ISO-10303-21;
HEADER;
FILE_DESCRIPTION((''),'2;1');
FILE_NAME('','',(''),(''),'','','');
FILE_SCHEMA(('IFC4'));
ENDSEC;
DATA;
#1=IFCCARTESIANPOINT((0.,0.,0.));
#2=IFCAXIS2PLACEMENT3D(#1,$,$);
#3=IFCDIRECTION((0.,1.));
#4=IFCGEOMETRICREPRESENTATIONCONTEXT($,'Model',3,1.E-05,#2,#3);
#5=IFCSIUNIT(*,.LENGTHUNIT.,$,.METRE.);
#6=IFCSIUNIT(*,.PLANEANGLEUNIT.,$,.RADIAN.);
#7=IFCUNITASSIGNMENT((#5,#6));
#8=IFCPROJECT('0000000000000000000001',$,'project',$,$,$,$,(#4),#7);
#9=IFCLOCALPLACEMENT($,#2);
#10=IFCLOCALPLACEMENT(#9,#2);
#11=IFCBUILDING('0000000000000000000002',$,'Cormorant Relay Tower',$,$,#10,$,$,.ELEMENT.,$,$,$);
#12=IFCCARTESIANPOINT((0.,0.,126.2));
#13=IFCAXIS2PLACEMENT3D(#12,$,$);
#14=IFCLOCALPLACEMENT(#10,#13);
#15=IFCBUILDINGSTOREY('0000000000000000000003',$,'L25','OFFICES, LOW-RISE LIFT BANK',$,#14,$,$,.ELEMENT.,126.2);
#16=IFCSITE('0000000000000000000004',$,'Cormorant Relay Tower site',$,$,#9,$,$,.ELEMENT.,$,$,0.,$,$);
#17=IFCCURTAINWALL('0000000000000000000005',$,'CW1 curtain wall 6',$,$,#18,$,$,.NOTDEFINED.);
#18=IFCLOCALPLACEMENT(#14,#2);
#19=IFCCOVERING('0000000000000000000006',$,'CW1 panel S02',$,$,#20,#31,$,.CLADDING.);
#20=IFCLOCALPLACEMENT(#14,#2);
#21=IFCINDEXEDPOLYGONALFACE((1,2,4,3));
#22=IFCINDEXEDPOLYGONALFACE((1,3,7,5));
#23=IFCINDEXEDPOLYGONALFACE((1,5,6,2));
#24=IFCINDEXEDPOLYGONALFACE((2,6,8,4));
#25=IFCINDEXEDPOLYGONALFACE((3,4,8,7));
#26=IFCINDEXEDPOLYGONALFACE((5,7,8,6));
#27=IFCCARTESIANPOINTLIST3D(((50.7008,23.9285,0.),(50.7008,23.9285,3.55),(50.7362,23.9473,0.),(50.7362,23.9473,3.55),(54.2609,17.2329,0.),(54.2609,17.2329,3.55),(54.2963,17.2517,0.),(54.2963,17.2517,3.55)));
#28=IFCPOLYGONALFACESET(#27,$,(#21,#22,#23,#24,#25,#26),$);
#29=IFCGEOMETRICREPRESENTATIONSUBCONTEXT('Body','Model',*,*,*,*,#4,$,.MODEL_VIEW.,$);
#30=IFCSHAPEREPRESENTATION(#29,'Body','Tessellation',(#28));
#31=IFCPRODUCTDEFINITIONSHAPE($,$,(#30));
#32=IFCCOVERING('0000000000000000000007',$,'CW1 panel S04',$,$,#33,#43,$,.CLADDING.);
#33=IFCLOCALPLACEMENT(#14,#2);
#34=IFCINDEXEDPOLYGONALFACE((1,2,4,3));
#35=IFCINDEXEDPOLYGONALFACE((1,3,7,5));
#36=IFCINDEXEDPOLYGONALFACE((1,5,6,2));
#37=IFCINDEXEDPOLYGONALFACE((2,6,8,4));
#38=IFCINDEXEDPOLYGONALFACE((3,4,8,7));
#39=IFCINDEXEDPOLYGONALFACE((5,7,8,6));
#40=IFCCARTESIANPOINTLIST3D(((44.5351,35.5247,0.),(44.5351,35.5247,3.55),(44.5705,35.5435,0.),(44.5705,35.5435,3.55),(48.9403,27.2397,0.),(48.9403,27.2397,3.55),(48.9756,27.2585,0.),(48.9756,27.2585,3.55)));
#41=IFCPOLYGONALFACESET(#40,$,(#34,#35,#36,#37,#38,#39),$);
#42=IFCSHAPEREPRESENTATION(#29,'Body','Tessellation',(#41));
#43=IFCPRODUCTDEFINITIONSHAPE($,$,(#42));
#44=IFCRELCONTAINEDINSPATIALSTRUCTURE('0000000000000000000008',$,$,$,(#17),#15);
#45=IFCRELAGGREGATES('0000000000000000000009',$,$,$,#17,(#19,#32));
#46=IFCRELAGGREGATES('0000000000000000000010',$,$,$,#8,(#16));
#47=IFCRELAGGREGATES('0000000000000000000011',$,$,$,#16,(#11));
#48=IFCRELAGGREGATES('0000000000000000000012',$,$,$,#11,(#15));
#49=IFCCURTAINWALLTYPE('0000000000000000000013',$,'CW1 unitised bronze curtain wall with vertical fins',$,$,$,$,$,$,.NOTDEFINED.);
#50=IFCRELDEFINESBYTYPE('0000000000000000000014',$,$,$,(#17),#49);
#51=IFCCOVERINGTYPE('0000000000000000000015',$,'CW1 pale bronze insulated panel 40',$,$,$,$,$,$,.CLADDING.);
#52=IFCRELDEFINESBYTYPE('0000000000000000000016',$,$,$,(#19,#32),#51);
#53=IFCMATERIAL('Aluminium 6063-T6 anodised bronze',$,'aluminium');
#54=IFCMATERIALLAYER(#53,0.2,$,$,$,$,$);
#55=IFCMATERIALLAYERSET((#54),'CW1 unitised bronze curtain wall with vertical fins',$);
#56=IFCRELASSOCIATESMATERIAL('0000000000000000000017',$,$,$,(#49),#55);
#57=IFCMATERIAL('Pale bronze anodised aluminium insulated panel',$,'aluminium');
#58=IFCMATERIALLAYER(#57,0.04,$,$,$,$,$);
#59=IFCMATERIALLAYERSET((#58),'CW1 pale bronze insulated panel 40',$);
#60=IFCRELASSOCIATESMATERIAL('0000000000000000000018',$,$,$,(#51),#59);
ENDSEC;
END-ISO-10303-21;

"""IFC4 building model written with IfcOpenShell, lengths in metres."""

from ifc_helpers import new_model, si_unit, direction, frame, origin, origin_2d, place, context, subcontext, project, spatial, rectangle, extrude, material, layer, layer_set, type_object, element, aggregate, save


model = new_model("IFC4")

# Units and contexts
model_context = context("Model", 3, precision=1e-05, world=origin(), true_north=direction((0.0, 1.0)))
body_context = subcontext(model_context, "Body", "Model", "MODEL_VIEW")
ifc_project = project(units=[si_unit("LENGTHUNIT", "METRE"), si_unit("PLANEANGLEUNIT", "RADIAN")], contexts=[model_context])

# Site, building, storey
site_placement = place(None, origin())
site = spatial("IfcSite", under=ifc_project, at=site_placement, Name="Cormorant Relay Tower site", CompositionType="ELEMENT", RefElevation=0.0)
building_placement = place(site_placement, origin())
building = spatial("IfcBuilding", under=site, at=building_placement, Name="Cormorant Relay Tower", CompositionType="ELEMENT")
storey_placement = place(building_placement, frame((0.0, 0.0, 126.2)))
storey = spatial("IfcBuildingStorey", under=building, at=storey_placement, Name="L25", Description="OFFICES, LOW-RISE LIFT BANK", CompositionType="ELEMENT", Elevation=126.2)

# Curtain wall
ifc_material_1 = material(Name="Aluminium 6063-T6 anodised bronze", Category="aluminium")
ifc_layer_1 = layer(ifc_material_1, 0.2)
ifc_layer_set_1 = layer_set([ifc_layer_1], Name="CW1 unitised bronze curtain wall with vertical fins")
curtain_wall_type = type_object("IfcCurtainWallType", Name="CW1 unitised bronze curtain wall with vertical fins", PredefinedType="NOTDEFINED", material=ifc_layer_set_1)
curtain_wall_placement = place(storey_placement, origin())
curtain_wall = element("IfcCurtainWall", 1, at=curtain_wall_placement, inside=storey, type_object=curtain_wall_type, Name="CW1 curtain wall 6", PredefinedType="NOTDEFINED")

# Coverings
ifc_material_2 = material(Name="Pale bronze anodised aluminium insulated panel", Category="aluminium")
ifc_layer_2 = layer(ifc_material_2, 0.04)
ifc_layer_set_2 = layer_set([ifc_layer_2], Name="CW1 pale bronze insulated panel 40")
covering_type = type_object("IfcCoveringType", Name="CW1 pale bronze insulated panel 40", PredefinedType="CLADDING", material=ifc_layer_set_2)
covering_1_placement = place(storey_placement, frame((52.4985, 20.5901, 0.0), z_axis=(0.0, 0.0, 1.0), x_axis=(-0.469472, 0.882948, 0.0)))
covering_1 = element("IfcCovering", 2, at=covering_1_placement, type_object=covering_type, Name="CW1 panel S02", PredefinedType="CLADDING", context=body_context, shape_type="SweptSolid", body=[
    extrude(rectangle(XDim=7.5833, YDim=0.04, at=origin_2d()), origin(), (0.0, 0.0, 1.0), 3.55),
])
covering_2_placement = place(storey_placement, frame((46.7554, 31.3916, 0.0), z_axis=(0.0, 0.0, 1.0), x_axis=(-0.469472, 0.882948, 0.0)))
covering_2 = element("IfcCovering", 3, at=covering_2_placement, type_object=covering_type, Name="CW1 panel S04", PredefinedType="CLADDING", context=body_context, shape_type="SweptSolid", body=[
    extrude(rectangle(XDim=9.3833, YDim=0.04, at=origin_2d()), origin(), (0.0, 0.0, 1.0), 3.55),
])
aggregate(curtain_wall, [covering_1, covering_2])

save(model, "model.ifc")
